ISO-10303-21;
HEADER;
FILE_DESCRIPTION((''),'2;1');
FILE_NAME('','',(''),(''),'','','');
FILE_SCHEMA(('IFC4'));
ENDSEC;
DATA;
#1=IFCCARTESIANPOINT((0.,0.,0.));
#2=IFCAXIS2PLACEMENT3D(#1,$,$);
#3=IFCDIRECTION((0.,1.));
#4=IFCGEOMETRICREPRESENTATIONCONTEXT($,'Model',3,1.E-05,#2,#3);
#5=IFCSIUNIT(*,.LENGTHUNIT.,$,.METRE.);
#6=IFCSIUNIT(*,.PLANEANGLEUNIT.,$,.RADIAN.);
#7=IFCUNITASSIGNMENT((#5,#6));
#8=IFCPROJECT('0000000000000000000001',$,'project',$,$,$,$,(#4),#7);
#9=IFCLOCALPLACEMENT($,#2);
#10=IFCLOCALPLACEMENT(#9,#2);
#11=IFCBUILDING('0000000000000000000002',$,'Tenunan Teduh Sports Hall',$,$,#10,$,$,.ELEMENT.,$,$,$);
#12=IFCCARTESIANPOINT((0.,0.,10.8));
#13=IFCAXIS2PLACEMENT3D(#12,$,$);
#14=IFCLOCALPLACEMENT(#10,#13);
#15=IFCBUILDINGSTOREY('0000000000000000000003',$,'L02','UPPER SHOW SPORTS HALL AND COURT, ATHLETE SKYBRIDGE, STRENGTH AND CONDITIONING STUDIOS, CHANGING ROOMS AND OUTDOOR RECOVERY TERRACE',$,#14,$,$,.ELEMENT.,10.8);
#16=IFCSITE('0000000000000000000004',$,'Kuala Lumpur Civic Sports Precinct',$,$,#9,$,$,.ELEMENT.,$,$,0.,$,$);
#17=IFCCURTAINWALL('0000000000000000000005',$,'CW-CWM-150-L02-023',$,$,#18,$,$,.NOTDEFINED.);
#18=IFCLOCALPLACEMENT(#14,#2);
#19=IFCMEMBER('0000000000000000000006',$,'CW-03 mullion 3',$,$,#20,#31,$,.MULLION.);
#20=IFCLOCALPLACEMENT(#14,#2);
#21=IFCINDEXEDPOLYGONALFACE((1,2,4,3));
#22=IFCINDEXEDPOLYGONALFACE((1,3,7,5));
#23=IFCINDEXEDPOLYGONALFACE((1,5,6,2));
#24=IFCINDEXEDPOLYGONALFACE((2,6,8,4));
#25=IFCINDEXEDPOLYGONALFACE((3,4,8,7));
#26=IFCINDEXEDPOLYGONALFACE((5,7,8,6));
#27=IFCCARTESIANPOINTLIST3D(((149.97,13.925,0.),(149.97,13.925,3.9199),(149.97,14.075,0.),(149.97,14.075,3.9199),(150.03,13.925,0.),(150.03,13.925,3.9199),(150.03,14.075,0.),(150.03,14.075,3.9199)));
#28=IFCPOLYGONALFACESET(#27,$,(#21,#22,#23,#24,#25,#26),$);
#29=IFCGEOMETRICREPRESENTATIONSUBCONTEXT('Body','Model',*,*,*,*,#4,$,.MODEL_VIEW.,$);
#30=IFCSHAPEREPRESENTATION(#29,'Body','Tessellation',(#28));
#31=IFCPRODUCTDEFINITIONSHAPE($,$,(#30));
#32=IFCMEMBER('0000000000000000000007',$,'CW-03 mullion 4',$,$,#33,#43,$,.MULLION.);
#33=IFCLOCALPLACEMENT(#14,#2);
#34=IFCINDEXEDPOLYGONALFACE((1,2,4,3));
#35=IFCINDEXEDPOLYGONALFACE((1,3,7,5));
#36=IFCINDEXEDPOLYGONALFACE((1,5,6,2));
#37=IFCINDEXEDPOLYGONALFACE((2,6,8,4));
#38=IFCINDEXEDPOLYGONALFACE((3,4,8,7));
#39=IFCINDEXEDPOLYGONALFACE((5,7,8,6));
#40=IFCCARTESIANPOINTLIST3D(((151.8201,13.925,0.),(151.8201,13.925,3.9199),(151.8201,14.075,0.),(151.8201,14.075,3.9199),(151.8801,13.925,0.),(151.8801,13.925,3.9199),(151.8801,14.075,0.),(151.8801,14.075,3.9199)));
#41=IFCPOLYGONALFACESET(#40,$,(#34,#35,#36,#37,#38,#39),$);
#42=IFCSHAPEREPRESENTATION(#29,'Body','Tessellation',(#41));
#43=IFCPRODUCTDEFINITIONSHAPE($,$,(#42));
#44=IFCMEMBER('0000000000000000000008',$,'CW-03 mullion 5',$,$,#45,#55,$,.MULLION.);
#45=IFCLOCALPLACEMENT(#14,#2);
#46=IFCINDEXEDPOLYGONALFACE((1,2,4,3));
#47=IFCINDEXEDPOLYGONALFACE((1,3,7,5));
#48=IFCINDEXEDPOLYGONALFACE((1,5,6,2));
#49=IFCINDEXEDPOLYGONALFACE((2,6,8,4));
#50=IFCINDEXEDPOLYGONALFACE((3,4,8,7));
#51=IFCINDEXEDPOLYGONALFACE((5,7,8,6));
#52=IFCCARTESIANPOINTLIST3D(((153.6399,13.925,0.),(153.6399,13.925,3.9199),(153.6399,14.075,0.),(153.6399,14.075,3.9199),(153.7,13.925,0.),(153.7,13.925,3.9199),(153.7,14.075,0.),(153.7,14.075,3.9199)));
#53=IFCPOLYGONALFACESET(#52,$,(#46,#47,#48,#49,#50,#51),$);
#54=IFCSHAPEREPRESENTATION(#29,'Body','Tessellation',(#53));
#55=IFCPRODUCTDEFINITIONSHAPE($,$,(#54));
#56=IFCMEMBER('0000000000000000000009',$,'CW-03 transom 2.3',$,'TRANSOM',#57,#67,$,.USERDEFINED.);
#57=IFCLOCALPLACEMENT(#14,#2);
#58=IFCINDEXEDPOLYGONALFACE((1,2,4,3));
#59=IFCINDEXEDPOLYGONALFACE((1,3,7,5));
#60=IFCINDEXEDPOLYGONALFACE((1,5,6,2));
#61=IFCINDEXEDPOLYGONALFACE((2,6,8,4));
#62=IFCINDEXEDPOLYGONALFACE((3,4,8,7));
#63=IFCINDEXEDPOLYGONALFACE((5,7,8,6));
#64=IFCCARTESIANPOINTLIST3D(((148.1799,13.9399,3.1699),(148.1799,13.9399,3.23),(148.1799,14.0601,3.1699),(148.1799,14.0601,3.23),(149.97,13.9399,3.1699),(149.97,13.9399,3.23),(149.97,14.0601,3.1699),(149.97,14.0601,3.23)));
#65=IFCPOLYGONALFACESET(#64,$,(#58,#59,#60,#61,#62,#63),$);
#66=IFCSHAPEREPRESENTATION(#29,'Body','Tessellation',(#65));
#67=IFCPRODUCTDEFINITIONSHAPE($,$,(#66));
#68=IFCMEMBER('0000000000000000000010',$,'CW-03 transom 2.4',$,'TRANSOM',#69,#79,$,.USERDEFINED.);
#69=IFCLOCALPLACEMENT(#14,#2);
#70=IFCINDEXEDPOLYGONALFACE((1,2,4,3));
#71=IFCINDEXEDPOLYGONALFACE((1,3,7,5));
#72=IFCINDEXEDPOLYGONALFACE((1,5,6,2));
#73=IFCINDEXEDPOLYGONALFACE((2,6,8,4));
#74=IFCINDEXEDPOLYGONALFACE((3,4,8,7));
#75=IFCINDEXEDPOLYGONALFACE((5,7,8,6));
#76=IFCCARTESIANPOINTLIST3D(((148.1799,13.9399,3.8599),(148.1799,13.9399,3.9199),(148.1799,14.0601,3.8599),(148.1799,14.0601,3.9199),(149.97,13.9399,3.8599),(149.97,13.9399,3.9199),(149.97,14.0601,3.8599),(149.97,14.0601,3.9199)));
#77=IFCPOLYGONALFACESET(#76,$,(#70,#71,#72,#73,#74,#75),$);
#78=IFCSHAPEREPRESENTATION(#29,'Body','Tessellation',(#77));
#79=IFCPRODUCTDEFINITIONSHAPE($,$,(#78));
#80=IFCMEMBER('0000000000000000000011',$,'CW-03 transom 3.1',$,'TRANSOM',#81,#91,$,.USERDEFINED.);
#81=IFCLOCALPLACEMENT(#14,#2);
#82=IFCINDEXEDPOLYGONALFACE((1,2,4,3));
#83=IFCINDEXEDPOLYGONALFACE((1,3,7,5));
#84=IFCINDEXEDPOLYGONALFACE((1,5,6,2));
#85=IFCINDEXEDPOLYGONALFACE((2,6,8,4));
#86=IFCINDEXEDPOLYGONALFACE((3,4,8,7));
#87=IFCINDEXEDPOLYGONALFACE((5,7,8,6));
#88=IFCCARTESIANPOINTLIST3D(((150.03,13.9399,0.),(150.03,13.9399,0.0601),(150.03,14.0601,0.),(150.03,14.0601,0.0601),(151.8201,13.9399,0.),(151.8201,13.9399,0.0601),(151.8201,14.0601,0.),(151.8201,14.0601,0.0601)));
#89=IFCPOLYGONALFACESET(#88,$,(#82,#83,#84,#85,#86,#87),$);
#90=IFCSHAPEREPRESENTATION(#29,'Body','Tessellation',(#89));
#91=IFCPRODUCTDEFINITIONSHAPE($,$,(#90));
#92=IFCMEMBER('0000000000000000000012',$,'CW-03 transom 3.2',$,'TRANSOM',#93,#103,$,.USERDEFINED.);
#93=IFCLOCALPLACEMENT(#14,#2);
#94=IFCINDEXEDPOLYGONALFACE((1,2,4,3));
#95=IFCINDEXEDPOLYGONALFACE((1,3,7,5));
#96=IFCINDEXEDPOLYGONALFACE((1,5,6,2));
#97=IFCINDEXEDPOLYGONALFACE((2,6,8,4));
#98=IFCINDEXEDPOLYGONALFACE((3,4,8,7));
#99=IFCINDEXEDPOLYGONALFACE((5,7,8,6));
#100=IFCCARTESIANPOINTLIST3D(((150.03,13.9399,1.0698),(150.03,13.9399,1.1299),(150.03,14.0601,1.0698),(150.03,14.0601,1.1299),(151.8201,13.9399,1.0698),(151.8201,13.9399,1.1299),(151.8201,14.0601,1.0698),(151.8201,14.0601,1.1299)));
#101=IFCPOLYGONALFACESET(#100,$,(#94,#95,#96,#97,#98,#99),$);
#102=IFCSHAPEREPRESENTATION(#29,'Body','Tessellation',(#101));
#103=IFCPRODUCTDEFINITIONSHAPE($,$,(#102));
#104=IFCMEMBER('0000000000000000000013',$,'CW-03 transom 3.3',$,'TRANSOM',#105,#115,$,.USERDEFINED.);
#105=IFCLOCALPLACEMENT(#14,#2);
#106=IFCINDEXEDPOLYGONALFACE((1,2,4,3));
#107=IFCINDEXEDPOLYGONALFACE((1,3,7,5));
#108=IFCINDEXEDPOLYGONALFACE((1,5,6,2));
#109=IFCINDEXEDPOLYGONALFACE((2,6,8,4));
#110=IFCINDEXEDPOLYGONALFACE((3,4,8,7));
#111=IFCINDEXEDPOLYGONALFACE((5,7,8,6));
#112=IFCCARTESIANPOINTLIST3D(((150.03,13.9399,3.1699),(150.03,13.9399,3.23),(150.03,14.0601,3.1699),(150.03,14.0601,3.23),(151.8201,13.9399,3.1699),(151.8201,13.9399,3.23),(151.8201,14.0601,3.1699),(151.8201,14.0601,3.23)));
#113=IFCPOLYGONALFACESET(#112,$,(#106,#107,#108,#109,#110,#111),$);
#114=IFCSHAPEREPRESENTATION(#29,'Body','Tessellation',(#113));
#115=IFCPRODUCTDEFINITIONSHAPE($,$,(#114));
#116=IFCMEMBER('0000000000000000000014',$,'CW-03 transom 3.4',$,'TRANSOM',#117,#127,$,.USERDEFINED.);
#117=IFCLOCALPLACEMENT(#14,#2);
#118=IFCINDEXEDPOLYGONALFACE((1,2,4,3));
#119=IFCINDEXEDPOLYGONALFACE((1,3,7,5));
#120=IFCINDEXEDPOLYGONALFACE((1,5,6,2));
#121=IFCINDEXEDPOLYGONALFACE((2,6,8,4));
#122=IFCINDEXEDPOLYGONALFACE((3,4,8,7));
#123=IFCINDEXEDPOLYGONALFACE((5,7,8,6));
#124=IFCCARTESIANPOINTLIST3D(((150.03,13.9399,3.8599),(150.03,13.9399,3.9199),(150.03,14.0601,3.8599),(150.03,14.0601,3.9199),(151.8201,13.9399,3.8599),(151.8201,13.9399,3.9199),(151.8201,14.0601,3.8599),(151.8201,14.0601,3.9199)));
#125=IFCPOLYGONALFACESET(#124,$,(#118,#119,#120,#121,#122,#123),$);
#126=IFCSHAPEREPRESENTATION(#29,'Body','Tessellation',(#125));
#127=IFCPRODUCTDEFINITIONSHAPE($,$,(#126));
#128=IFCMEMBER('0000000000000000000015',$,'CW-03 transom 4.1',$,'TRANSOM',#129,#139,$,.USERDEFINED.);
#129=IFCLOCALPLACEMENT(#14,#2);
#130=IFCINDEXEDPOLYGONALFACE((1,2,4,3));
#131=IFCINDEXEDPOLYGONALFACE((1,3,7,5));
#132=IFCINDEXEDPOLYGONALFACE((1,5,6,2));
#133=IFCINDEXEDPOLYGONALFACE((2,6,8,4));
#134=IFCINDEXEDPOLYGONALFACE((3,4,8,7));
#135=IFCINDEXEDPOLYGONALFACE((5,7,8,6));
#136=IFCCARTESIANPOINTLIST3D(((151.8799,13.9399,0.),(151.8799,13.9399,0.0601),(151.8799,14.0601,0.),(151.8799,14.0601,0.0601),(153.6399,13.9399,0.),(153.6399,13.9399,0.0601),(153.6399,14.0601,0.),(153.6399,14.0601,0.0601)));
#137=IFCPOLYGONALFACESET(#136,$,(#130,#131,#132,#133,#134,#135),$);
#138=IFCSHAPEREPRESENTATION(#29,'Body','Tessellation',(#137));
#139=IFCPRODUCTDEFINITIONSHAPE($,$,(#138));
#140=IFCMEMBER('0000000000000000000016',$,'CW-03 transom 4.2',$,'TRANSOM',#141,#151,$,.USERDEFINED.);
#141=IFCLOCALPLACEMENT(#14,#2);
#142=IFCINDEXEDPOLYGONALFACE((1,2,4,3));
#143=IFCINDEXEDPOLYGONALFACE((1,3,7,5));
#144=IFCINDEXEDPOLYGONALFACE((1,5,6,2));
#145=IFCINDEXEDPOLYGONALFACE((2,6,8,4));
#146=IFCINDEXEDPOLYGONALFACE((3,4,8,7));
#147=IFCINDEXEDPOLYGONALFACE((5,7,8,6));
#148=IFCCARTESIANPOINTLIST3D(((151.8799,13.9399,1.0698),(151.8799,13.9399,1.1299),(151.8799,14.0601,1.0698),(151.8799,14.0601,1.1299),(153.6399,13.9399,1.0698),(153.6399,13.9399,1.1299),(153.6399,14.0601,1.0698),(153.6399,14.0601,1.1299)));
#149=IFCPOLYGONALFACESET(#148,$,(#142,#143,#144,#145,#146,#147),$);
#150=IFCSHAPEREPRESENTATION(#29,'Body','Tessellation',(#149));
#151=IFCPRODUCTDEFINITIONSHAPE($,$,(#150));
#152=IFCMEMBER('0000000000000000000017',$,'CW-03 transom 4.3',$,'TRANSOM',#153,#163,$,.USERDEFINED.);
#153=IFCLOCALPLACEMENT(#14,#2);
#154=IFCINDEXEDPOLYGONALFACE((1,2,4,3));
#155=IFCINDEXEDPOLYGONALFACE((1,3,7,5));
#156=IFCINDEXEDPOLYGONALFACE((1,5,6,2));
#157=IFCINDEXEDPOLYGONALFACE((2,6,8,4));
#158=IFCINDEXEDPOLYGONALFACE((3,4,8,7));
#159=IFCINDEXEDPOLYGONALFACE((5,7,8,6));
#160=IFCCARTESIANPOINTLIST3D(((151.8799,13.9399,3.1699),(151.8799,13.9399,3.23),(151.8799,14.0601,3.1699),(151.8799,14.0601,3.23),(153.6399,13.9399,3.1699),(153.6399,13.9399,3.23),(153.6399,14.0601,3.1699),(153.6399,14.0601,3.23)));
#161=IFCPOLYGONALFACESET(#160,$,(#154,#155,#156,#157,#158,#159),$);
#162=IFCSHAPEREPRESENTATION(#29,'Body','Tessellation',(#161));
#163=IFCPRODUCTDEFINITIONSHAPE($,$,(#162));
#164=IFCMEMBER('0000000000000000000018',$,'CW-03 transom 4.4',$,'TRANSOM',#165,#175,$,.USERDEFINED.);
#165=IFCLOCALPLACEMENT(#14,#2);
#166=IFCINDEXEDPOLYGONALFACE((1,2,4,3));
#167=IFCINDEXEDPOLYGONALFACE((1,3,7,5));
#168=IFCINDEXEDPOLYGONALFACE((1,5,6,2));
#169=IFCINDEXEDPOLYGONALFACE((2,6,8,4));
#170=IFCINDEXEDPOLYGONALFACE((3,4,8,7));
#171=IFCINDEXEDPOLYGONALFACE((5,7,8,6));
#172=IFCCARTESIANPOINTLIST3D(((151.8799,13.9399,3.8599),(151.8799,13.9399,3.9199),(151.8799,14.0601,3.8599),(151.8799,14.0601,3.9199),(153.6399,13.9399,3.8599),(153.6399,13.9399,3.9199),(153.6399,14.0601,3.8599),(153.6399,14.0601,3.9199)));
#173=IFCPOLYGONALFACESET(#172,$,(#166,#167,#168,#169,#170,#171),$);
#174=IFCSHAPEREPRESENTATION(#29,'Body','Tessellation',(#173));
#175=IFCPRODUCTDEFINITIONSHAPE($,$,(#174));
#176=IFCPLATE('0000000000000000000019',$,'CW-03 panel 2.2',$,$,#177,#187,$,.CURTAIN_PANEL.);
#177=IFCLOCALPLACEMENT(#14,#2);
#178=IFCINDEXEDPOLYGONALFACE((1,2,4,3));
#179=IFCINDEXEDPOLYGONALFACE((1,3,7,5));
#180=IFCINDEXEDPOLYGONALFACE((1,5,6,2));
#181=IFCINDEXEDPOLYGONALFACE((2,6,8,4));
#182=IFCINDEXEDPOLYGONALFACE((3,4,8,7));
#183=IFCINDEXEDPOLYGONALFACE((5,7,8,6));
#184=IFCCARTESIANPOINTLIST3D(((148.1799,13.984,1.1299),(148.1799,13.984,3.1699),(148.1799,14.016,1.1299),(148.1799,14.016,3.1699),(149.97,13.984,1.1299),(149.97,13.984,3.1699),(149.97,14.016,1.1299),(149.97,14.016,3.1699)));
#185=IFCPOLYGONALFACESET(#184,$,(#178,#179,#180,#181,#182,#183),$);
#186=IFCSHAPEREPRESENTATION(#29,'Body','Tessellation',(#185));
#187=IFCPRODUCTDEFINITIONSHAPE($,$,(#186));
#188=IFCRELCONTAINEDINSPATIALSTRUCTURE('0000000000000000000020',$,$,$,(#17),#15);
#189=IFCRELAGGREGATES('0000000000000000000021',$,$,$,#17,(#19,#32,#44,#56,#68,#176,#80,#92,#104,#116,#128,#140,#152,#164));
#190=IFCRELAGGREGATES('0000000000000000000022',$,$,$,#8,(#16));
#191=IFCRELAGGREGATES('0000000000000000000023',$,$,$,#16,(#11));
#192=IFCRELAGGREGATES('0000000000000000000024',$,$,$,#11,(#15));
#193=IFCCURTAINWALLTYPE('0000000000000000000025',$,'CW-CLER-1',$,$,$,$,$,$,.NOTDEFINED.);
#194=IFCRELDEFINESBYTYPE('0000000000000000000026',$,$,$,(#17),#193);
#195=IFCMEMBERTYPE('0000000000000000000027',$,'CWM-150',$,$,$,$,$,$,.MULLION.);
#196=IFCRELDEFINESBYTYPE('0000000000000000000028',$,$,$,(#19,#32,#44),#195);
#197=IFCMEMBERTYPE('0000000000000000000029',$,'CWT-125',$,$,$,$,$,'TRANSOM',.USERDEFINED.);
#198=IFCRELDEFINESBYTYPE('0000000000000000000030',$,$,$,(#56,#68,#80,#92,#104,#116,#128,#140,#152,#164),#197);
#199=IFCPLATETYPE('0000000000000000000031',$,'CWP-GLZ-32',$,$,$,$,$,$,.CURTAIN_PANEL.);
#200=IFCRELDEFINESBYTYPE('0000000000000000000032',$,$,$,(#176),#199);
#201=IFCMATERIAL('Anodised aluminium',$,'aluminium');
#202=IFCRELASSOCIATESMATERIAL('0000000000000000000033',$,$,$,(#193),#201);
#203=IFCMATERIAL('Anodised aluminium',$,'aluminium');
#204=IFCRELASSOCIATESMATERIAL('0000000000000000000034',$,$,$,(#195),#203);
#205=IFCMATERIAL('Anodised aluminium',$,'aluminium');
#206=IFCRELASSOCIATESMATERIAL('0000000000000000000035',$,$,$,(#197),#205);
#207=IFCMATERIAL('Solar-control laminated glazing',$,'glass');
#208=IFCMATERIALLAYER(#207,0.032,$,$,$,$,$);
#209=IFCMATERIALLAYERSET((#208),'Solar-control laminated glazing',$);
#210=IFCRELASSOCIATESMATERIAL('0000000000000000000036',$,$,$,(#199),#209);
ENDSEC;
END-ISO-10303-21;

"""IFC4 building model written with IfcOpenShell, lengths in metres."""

from ifc_helpers import new_model, si_unit, direction, frame, origin, origin_2d, place, context, subcontext, project, spatial, rectangle, extrude, material, layer, layer_set, material_profile, profile_set, type_object, element, aggregate, save


model = new_model("IFC4")

# Units and contexts
model_context = context("Model", 3, precision=1e-05, world=origin(), true_north=direction((0.0, 1.0)))
body_context = subcontext(model_context, "Body", "Model", "MODEL_VIEW")
ifc_project = project(units=[si_unit("LENGTHUNIT", "METRE"), si_unit("PLANEANGLEUNIT", "RADIAN")], contexts=[model_context])

# Site, building, storey
site_placement = place(None, origin())
site = spatial("IfcSite", under=ifc_project, at=site_placement, Name="Kuala Lumpur Civic Sports Precinct", CompositionType="ELEMENT", RefElevation=0.0)
building_placement = place(site_placement, origin())
building = spatial("IfcBuilding", under=site, at=building_placement, Name="Tenunan Teduh Sports Hall", CompositionType="ELEMENT")
storey_placement = place(building_placement, frame((0.0, 0.0, 10.8)))
storey = spatial("IfcBuildingStorey", under=building, at=storey_placement, Name="L02", Description="UPPER SHOW SPORTS HALL AND COURT, ATHLETE SKYBRIDGE, STRENGTH AND CONDITIONING STUDIOS, CHANGING ROOMS AND OUTDOOR RECOVERY TERRACE", CompositionType="ELEMENT", Elevation=10.8)

# Curtain wall, members, plate
ifc_material_1 = material(Name="Anodised aluminium", Category="aluminium")
curtain_wall_type = type_object("IfcCurtainWallType", Name="CW-CLER-1", PredefinedType="NOTDEFINED", material=ifc_material_1)
curtain_wall_placement = place(storey_placement, origin())
curtain_wall = element("IfcCurtainWall", 1, at=curtain_wall_placement, inside=storey, type_object=curtain_wall_type, Name="CW-CWM-150-L02-023", PredefinedType="NOTDEFINED")
ifc_material_2 = material(Name="Anodised aluminium", Category="aluminium")
ifc_material_profile_1 = material_profile(ifc_material_2, rectangle(XDim=0.0601, YDim=0.1499, at=origin_2d()), Name="CWM 60x150")
ifc_profile_set_1 = profile_set([ifc_material_profile_1], Name="Anodised aluminium")
member_type_1 = type_object("IfcMemberType", Name="CWM-150", PredefinedType="MULLION", material=ifc_profile_set_1)
member_1_placement = place(storey_placement, frame((150.0, 14.0, 0.0), z_axis=(0.0, 0.0, 1.0), x_axis=(1.0, 0.0, 0.0)))
member_1 = element("IfcMember", 2, at=member_1_placement, type_object=member_type_1, Name="CW-03 mullion 3", PredefinedType="MULLION", context=body_context, shape_type="SweptSolid", body=[
    extrude(rectangle(XDim=0.0601, YDim=0.1499, at=origin_2d()), origin(), (0.0, 0.0, 1.0), 3.9199),
])
member_2_placement = place(storey_placement, frame((151.8501, 14.0, 0.0), z_axis=(0.0, 0.0, 1.0), x_axis=(1.0, 0.0, 0.0)))
member_2 = element("IfcMember", 3, at=member_2_placement, type_object=member_type_1, Name="CW-03 mullion 4", PredefinedType="MULLION", context=body_context, shape_type="SweptSolid", body=[
    extrude(rectangle(XDim=0.0601, YDim=0.1499, at=origin_2d()), origin(), (0.0, 0.0, 1.0), 3.9199),
])
member_3_placement = place(storey_placement, frame((153.6699, 14.0, 0.0), z_axis=(0.0, 0.0, 1.0), x_axis=(1.0, 0.0, 0.0)))
member_3 = element("IfcMember", 4, at=member_3_placement, type_object=member_type_1, Name="CW-03 mullion 5", PredefinedType="MULLION", context=body_context, shape_type="SweptSolid", body=[
    extrude(rectangle(XDim=0.0601, YDim=0.1499, at=origin_2d()), origin(), (0.0, 0.0, 1.0), 3.9199),
])
ifc_material_3 = material(Name="Anodised aluminium", Category="aluminium")
ifc_material_profile_2 = material_profile(ifc_material_3, rectangle(XDim=0.0601, YDim=0.1201, at=origin_2d()), Name="CWT 60x120")
ifc_profile_set_2 = profile_set([ifc_material_profile_2], Name="Anodised aluminium")
member_type_2 = type_object("IfcMemberType", Name="CWT-125", ElementType="TRANSOM", PredefinedType="USERDEFINED", material=ifc_profile_set_2)
member_4_placement = place(storey_placement, frame((148.1799, 14.0, 3.2), z_axis=(1.0, 0.0, 0.0), x_axis=(0.0, 0.0, 1.0)))
member_4 = element("IfcMember", 5, at=member_4_placement, type_object=member_type_2, Name="CW-03 transom 2.3", ObjectType="TRANSOM", PredefinedType="USERDEFINED", context=body_context, shape_type="SweptSolid", body=[
    extrude(rectangle(XDim=0.0601, YDim=0.1201, at=origin_2d()), origin(), (0.0, 0.0, 1.0), 1.79),
])
member_5_placement = place(storey_placement, frame((148.1799, 14.0, 3.8899), z_axis=(1.0, 0.0, 0.0), x_axis=(0.0, 0.0, 1.0)))
member_5 = element("IfcMember", 6, at=member_5_placement, type_object=member_type_2, Name="CW-03 transom 2.4", ObjectType="TRANSOM", PredefinedType="USERDEFINED", context=body_context, shape_type="SweptSolid", body=[
    extrude(rectangle(XDim=0.0601, YDim=0.1201, at=origin_2d()), origin(), (0.0, 0.0, 1.0), 1.79),
])
member_6_placement = place(storey_placement, frame((150.03, 14.0, 0.03), z_axis=(1.0, 0.0, 0.0), x_axis=(0.0, 0.0, 1.0)))
member_6 = element("IfcMember", 7, at=member_6_placement, type_object=member_type_2, Name="CW-03 transom 3.1", ObjectType="TRANSOM", PredefinedType="USERDEFINED", context=body_context, shape_type="SweptSolid", body=[
    extrude(rectangle(XDim=0.0601, YDim=0.1201, at=origin_2d()), origin(), (0.0, 0.0, 1.0), 1.79),
])
member_7_placement = place(storey_placement, frame((150.03, 14.0, 1.0999), z_axis=(1.0, 0.0, 0.0), x_axis=(0.0, 0.0, 1.0)))
member_7 = element("IfcMember", 8, at=member_7_placement, type_object=member_type_2, Name="CW-03 transom 3.2", ObjectType="TRANSOM", PredefinedType="USERDEFINED", context=body_context, shape_type="SweptSolid", body=[
    extrude(rectangle(XDim=0.0601, YDim=0.1201, at=origin_2d()), origin(), (0.0, 0.0, 1.0), 1.79),
])
member_8_placement = place(storey_placement, frame((150.03, 14.0, 3.2), z_axis=(1.0, 0.0, 0.0), x_axis=(0.0, 0.0, 1.0)))
member_8 = element("IfcMember", 9, at=member_8_placement, type_object=member_type_2, Name="CW-03 transom 3.3", ObjectType="TRANSOM", PredefinedType="USERDEFINED", context=body_context, shape_type="SweptSolid", body=[
    extrude(rectangle(XDim=0.0601, YDim=0.1201, at=origin_2d()), origin(), (0.0, 0.0, 1.0), 1.79),
])
member_9_placement = place(storey_placement, frame((150.03, 14.0, 3.8899), z_axis=(1.0, 0.0, 0.0), x_axis=(0.0, 0.0, 1.0)))
member_9 = element("IfcMember", 10, at=member_9_placement, type_object=member_type_2, Name="CW-03 transom 3.4", ObjectType="TRANSOM", PredefinedType="USERDEFINED", context=body_context, shape_type="SweptSolid", body=[
    extrude(rectangle(XDim=0.0601, YDim=0.1201, at=origin_2d()), origin(), (0.0, 0.0, 1.0), 1.79),
])
member_10_placement = place(storey_placement, frame((151.8799, 14.0, 0.03), z_axis=(1.0, 0.0, 0.0), x_axis=(0.0, 0.0, 1.0)))
member_10 = element("IfcMember", 11, at=member_10_placement, type_object=member_type_2, Name="CW-03 transom 4.1", ObjectType="TRANSOM", PredefinedType="USERDEFINED", context=body_context, shape_type="SweptSolid", body=[
    extrude(rectangle(XDim=0.0601, YDim=0.1201, at=origin_2d()), origin(), (0.0, 0.0, 1.0), 1.76),
])
member_11_placement = place(storey_placement, frame((151.8799, 14.0, 1.0999), z_axis=(1.0, 0.0, 0.0), x_axis=(0.0, 0.0, 1.0)))
member_11 = element("IfcMember", 12, at=member_11_placement, type_object=member_type_2, Name="CW-03 transom 4.2", ObjectType="TRANSOM", PredefinedType="USERDEFINED", context=body_context, shape_type="SweptSolid", body=[
    extrude(rectangle(XDim=0.0601, YDim=0.1201, at=origin_2d()), origin(), (0.0, 0.0, 1.0), 1.76),
])
member_12_placement = place(storey_placement, frame((151.8799, 14.0, 3.2), z_axis=(1.0, 0.0, 0.0), x_axis=(0.0, 0.0, 1.0)))
member_12 = element("IfcMember", 13, at=member_12_placement, type_object=member_type_2, Name="CW-03 transom 4.3", ObjectType="TRANSOM", PredefinedType="USERDEFINED", context=body_context, shape_type="SweptSolid", body=[
    extrude(rectangle(XDim=0.0601, YDim=0.1201, at=origin_2d()), origin(), (0.0, 0.0, 1.0), 1.76),
])
member_13_placement = place(storey_placement, frame((151.8799, 14.0, 3.8899), z_axis=(1.0, 0.0, 0.0), x_axis=(0.0, 0.0, 1.0)))
member_13 = element("IfcMember", 14, at=member_13_placement, type_object=member_type_2, Name="CW-03 transom 4.4", ObjectType="TRANSOM", PredefinedType="USERDEFINED", context=body_context, shape_type="SweptSolid", body=[
    extrude(rectangle(XDim=0.0601, YDim=0.1201, at=origin_2d()), origin(), (0.0, 0.0, 1.0), 1.76),
])
ifc_material_4 = material(Name="Solar-control laminated glazing", Category="glass")
ifc_layer_1 = layer(ifc_material_4, 0.032)
ifc_layer_set_1 = layer_set([ifc_layer_1], Name="Solar-control laminated glazing")
plate_type_1 = type_object("IfcPlateType", Name="CWP-GLZ-32", PredefinedType="CURTAIN_PANEL", material=ifc_layer_set_1)
plate_1_placement = place(storey_placement, frame((149.075, 14.0, 1.1299), z_axis=(0.0, 0.0, 1.0), x_axis=(1.0, 0.0, 0.0)))
plate_1 = element("IfcPlate", 15, at=plate_1_placement, type_object=plate_type_1, Name="CW-03 panel 2.2", PredefinedType="CURTAIN_PANEL", context=body_context, shape_type="SweptSolid", body=[
    extrude(rectangle(XDim=1.79, YDim=0.032, at=origin_2d()), origin(), (0.0, 0.0, 1.0), 2.04),
])
aggregate(curtain_wall, [member_1, member_2, member_3, member_4, member_5, plate_1, member_6, member_7, member_8, member_9, member_10, member_11, member_12, member_13])

save(model, "model.ifc")
